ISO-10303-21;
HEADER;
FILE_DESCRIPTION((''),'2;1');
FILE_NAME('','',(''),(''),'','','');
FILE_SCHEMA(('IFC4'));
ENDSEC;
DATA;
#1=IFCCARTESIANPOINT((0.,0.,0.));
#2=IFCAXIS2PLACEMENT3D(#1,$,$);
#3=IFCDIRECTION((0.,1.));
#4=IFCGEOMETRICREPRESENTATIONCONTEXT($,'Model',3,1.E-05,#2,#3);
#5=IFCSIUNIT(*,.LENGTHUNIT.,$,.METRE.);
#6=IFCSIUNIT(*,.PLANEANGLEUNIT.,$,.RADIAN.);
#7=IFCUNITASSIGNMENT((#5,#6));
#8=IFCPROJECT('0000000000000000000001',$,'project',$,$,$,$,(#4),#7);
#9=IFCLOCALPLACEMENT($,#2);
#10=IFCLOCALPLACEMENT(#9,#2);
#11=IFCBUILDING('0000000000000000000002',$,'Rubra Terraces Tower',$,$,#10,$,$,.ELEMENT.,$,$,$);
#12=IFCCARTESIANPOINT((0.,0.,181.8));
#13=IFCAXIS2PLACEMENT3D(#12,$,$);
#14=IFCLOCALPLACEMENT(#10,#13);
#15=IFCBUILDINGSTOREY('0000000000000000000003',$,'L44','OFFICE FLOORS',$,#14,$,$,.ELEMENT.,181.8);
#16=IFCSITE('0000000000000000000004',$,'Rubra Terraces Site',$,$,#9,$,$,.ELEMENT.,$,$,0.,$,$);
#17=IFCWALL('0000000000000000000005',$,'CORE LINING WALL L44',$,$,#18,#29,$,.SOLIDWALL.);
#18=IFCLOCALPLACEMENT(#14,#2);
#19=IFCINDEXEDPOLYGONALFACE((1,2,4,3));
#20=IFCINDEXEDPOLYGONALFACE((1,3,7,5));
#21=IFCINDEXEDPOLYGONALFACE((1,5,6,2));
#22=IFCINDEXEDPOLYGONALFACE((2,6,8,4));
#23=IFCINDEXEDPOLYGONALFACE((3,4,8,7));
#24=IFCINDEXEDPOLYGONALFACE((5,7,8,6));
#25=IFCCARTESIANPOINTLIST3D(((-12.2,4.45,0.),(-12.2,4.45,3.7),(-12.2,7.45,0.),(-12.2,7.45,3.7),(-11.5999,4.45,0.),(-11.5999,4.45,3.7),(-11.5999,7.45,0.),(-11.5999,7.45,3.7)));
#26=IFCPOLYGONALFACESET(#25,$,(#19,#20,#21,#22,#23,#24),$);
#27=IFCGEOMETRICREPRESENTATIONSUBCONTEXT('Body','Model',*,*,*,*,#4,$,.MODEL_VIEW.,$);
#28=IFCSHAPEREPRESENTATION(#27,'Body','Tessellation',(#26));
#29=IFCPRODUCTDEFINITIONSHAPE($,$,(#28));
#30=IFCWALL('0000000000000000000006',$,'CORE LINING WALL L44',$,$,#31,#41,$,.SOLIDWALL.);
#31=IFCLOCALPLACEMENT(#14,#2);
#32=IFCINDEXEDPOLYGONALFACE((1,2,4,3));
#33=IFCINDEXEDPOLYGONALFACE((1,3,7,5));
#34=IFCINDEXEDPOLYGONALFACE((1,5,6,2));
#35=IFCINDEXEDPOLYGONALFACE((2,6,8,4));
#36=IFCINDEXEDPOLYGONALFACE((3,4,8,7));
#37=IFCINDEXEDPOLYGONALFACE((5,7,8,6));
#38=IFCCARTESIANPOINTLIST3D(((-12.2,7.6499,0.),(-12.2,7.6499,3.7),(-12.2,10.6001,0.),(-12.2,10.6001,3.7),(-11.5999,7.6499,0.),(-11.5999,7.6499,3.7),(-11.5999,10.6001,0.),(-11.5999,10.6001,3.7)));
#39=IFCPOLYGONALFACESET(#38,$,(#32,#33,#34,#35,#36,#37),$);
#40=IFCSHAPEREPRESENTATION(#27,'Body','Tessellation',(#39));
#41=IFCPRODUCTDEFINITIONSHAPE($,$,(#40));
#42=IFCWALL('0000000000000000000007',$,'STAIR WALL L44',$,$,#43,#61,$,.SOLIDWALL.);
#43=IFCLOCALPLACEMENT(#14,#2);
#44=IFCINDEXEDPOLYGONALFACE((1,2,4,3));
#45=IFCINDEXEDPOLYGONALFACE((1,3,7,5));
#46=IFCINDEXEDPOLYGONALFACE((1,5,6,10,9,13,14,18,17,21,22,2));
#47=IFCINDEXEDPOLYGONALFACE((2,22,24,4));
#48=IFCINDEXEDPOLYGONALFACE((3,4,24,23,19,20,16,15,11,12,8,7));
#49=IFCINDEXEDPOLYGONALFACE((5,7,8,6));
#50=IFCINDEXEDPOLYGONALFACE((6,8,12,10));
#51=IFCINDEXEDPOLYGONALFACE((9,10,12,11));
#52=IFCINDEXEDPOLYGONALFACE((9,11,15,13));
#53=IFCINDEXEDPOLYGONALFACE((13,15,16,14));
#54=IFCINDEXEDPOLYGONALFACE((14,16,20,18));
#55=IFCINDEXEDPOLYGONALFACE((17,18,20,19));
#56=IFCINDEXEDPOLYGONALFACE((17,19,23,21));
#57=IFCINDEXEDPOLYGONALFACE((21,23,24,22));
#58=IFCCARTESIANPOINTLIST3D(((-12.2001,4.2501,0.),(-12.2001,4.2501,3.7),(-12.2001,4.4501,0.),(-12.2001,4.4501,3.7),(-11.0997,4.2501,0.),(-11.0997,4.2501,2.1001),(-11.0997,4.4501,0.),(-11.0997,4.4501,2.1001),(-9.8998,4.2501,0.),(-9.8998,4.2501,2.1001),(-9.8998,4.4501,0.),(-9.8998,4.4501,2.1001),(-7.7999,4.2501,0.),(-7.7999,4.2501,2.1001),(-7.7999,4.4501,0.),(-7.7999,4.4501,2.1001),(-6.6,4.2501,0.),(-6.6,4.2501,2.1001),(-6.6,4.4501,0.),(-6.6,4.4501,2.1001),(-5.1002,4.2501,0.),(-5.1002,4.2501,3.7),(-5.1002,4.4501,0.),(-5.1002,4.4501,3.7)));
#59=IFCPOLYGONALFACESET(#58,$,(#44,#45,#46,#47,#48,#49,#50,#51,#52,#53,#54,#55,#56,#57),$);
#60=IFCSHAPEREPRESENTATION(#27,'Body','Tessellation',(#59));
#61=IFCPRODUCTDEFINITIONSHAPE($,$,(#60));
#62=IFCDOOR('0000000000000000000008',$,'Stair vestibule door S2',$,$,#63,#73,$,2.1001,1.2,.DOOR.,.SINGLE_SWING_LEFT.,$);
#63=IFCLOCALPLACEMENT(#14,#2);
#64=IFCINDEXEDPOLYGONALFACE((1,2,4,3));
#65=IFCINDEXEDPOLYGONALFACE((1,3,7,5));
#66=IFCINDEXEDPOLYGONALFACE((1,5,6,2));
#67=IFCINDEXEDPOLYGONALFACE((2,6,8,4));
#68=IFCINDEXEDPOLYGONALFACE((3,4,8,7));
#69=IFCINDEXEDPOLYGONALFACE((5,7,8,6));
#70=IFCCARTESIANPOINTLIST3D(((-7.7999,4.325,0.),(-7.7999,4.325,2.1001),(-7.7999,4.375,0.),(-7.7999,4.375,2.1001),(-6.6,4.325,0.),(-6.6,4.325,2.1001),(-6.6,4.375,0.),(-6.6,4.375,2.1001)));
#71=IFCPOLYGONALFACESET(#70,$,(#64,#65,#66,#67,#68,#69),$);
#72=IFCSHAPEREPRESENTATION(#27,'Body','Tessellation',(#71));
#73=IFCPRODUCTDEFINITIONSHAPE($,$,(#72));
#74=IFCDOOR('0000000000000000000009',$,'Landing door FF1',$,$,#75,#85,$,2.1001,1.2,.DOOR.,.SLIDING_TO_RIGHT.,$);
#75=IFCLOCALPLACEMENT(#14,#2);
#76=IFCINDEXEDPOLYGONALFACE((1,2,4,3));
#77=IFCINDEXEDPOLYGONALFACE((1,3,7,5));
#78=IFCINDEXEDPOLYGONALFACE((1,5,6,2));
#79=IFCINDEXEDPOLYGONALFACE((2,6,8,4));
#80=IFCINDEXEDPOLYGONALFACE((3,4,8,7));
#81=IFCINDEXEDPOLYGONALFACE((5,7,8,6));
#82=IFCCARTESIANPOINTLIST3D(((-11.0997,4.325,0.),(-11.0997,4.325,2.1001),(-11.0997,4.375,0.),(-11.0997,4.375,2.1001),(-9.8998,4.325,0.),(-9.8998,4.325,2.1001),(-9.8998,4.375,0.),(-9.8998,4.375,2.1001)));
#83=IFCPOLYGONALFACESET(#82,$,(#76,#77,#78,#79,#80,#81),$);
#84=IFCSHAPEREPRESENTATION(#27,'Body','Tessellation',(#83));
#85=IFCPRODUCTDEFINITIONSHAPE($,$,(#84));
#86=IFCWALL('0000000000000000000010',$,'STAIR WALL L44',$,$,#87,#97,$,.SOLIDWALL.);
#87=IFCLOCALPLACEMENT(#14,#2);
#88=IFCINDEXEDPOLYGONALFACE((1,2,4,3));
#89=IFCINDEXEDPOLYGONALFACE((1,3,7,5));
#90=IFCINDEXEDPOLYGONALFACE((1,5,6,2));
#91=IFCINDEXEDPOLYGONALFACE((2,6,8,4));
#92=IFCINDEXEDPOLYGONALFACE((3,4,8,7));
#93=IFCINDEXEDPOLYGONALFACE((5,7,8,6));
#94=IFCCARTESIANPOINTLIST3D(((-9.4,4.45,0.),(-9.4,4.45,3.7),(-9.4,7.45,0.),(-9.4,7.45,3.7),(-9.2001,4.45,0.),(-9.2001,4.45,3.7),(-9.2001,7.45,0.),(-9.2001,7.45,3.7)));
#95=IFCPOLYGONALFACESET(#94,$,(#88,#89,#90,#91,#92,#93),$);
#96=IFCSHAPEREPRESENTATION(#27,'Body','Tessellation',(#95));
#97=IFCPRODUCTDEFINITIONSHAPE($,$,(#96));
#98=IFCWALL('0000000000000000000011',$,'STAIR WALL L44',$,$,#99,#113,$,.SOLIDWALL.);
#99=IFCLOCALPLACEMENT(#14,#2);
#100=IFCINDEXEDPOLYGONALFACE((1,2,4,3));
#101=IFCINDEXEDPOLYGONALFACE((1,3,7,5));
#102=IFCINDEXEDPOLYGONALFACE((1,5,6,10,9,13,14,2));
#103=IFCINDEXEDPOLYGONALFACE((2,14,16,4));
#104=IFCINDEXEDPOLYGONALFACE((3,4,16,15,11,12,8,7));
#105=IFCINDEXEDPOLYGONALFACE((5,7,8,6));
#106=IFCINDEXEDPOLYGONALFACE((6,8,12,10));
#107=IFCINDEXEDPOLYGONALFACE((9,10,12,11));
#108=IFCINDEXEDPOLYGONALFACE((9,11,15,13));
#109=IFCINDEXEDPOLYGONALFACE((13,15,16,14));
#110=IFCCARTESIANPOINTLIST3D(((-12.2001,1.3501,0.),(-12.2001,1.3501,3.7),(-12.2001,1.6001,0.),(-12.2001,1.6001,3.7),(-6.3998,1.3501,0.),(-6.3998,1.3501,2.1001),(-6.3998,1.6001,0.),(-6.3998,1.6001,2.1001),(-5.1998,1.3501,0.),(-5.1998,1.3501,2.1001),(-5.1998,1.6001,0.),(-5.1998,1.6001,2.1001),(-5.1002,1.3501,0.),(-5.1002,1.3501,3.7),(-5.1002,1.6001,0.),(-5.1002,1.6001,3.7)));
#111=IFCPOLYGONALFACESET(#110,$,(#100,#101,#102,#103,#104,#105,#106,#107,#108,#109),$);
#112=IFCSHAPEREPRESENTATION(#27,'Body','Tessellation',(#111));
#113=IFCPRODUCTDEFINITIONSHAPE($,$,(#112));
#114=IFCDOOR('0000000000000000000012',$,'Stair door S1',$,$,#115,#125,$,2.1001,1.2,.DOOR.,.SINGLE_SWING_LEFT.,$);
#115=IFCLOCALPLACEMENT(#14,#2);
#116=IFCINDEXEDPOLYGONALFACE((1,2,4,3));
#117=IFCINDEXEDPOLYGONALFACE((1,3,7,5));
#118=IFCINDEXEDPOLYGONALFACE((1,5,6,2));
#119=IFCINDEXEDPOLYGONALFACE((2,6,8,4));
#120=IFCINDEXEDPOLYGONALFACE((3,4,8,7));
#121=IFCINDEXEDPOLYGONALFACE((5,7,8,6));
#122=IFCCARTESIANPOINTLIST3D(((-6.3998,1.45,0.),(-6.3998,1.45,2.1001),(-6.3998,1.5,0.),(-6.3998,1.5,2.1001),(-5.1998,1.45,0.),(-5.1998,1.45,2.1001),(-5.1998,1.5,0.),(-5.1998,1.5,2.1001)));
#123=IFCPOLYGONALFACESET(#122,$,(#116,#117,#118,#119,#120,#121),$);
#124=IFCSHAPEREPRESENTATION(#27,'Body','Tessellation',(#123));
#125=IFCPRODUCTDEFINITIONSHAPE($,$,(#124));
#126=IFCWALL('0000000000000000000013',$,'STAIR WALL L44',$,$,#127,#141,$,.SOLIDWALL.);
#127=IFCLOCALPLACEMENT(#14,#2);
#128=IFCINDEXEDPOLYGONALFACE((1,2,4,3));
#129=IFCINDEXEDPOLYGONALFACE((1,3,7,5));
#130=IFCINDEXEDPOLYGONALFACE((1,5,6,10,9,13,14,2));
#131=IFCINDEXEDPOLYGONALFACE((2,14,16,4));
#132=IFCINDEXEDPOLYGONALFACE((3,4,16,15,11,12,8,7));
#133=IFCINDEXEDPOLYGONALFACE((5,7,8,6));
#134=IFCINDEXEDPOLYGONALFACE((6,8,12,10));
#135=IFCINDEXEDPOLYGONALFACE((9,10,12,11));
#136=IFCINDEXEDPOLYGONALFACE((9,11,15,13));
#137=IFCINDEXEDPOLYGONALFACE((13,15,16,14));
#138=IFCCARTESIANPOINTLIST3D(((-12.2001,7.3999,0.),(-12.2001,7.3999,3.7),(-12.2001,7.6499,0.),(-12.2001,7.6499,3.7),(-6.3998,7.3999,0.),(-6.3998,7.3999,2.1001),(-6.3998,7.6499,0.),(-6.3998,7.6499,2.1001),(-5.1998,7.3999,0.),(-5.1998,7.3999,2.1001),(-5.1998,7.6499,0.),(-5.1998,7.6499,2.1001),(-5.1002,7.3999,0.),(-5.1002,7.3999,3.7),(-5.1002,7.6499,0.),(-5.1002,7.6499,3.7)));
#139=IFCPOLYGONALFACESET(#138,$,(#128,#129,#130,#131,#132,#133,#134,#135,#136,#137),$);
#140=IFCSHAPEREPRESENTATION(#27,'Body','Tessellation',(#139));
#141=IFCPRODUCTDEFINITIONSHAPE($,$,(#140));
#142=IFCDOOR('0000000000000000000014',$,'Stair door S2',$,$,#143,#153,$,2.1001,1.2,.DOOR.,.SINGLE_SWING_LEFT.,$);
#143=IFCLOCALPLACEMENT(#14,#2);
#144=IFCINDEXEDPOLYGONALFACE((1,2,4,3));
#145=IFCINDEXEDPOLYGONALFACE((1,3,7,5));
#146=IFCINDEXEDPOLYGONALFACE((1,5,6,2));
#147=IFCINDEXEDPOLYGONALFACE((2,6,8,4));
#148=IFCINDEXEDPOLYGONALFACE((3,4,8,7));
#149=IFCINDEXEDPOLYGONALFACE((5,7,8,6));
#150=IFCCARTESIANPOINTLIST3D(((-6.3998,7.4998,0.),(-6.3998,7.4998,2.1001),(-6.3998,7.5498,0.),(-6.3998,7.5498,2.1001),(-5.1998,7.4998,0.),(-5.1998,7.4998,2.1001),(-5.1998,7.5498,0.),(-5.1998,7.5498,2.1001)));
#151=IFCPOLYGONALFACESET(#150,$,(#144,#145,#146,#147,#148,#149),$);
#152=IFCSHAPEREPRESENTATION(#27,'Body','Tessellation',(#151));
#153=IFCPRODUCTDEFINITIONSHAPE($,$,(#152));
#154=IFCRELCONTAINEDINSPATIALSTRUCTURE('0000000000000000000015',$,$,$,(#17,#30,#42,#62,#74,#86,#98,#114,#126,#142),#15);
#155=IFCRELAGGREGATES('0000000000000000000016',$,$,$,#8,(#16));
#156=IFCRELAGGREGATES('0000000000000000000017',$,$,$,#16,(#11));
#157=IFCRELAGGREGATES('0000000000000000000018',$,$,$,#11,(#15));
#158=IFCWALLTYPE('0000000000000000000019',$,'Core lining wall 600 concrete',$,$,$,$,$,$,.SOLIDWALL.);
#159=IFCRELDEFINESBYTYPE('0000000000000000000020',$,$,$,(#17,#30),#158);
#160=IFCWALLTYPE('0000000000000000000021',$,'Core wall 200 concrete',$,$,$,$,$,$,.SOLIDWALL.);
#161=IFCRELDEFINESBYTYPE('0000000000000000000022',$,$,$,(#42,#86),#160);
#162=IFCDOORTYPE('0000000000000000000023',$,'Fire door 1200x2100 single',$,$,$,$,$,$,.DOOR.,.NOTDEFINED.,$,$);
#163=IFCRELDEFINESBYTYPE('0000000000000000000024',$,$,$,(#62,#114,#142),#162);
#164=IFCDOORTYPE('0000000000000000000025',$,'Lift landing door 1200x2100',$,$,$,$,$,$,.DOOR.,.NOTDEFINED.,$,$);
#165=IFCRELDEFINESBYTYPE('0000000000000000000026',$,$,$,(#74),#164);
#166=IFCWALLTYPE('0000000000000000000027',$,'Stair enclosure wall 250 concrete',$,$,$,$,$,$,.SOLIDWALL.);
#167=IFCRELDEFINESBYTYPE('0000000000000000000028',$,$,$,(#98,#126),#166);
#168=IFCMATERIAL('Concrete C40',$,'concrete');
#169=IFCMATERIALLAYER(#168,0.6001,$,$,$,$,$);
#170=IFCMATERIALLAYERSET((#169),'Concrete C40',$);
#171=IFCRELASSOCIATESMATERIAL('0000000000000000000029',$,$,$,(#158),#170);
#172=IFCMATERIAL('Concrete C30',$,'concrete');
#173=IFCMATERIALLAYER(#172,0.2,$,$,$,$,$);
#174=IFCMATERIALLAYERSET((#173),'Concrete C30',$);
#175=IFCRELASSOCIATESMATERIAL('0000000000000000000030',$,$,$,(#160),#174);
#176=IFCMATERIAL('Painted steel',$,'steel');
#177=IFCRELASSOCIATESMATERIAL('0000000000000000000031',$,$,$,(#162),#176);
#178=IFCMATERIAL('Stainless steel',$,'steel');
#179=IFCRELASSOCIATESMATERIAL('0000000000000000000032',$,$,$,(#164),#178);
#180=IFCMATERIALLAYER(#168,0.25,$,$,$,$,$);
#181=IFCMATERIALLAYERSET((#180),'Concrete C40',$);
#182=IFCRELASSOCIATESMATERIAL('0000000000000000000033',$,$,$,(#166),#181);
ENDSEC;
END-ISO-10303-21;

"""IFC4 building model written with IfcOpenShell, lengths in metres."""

from ifc_helpers import new_model, si_unit, direction, frame, frame_2d, origin, place, context, subcontext, project, spatial, rectangle, extrude, material, layer, layer_set, type_object, element, fill, save


model = new_model("IFC4")

# Units and contexts
model_context = context("Model", 3, precision=1e-05, world=origin(), true_north=direction((0.0, 1.0)))
body_context = subcontext(model_context, "Body", "Model", "MODEL_VIEW")
ifc_project = project(units=[si_unit("LENGTHUNIT", "METRE"), si_unit("PLANEANGLEUNIT", "RADIAN")], contexts=[model_context])

# Site, building, storey
site_placement = place(None, origin())
site = spatial("IfcSite", under=ifc_project, at=site_placement, Name="Rubra Terraces Site", CompositionType="ELEMENT", RefElevation=0.0)
building_placement = place(site_placement, origin())
building = spatial("IfcBuilding", under=site, at=building_placement, Name="Rubra Terraces Tower", CompositionType="ELEMENT")
storey_placement = place(building_placement, frame((0.0, 0.0, 181.8)))
storey = spatial("IfcBuildingStorey", under=building, at=storey_placement, Name="L44", Description="OFFICE FLOORS", CompositionType="ELEMENT", Elevation=181.8)

# Walls
ifc_material_1 = material(Name="Concrete C40", Category="concrete")
ifc_layer_1 = layer(ifc_material_1, 0.6001)
ifc_layer_set_1 = layer_set([ifc_layer_1], Name="Concrete C40")
wall_type_1 = type_object("IfcWallType", Name="Core lining wall 600 concrete", PredefinedType="SOLIDWALL", material=ifc_layer_set_1)
wall_1_placement = place(storey_placement, frame((-11.8999, 4.45, 0.0), z_axis=(0.0, 0.0, 1.0), x_axis=(0.0, 1.0, 0.0)))
element("IfcWall", 1, at=wall_1_placement, inside=storey, type_object=wall_type_1, Name="CORE LINING WALL L44", PredefinedType="SOLIDWALL", context=body_context, shape_type="SweptSolid", body=[
    extrude(rectangle(XDim=3.0, YDim=0.6001, at=frame_2d((1.5, 0.0))), origin(), (0.0, 0.0, 1.0), 3.7),
])
wall_2_placement = place(storey_placement, frame((-11.8999, 7.6499, 0.0), z_axis=(0.0, 0.0, 1.0), x_axis=(0.0, 1.0, 0.0)))
element("IfcWall", 2, at=wall_2_placement, inside=storey, type_object=wall_type_1, Name="CORE LINING WALL L44", PredefinedType="SOLIDWALL", context=body_context, shape_type="SweptSolid", body=[
    extrude(rectangle(XDim=2.9502, YDim=0.6001, at=frame_2d((1.4751, 0.0))), origin(), (0.0, 0.0, 1.0), 3.7),
])

# Wall, openings, doors
ifc_material_2 = material(Name="Concrete C30", Category="concrete")
ifc_layer_2 = layer(ifc_material_2, 0.2)
ifc_layer_set_2 = layer_set([ifc_layer_2], Name="Concrete C30")
wall_type_2 = type_object("IfcWallType", Name="Core wall 200 concrete", PredefinedType="SOLIDWALL", material=ifc_layer_set_2)
wall_3_placement = place(storey_placement, frame((-12.2, 4.3501, 0.0), z_axis=(0.0, 0.0, 1.0), x_axis=(1.0, 0.0, 0.0)))
wall_3 = element("IfcWall", 3, at=wall_3_placement, inside=storey, type_object=wall_type_2, Name="STAIR WALL L44", PredefinedType="SOLIDWALL", context=body_context, shape_type="SweptSolid", body=[
    extrude(rectangle(XDim=7.0999, YDim=0.2, at=frame_2d((3.5498, 0.0))), origin(), (0.0, 0.0, 1.0), 3.7),
])
opening_1_placement = place(wall_3_placement, frame((4.3999, 0.0, 0.0)))
opening_1 = element("IfcOpeningElement", 4, at=opening_1_placement, cuts=wall_3, PredefinedType="OPENING", context=body_context, shape_type="SweptSolid", body=[
    extrude(rectangle(XDim=1.2, YDim=2.1001, at=frame_2d((0.6001, 1.05))), frame((0.0, 0.1099, 0.0), z_axis=(0.0, -1.0, 0.0), x_axis=(1.0, 0.0, 0.0)), (0.0, 0.0, 1.0), 0.22),
])
opening_2_placement = place(wall_3_placement, frame((1.1001, 0.0, 0.0)))
opening_2 = element("IfcOpeningElement", 5, at=opening_2_placement, cuts=wall_3, PredefinedType="OPENING", context=body_context, shape_type="SweptSolid", body=[
    extrude(rectangle(XDim=1.2, YDim=2.1001, at=frame_2d((0.6001, 1.05))), frame((0.0, 0.1099, 0.0), z_axis=(0.0, -1.0, 0.0), x_axis=(1.0, 0.0, 0.0)), (0.0, 0.0, 1.0), 0.22),
])
ifc_material_3 = material(Name="Painted steel", Category="steel")
door_type_1 = type_object("IfcDoorType", Name="Fire door 1200x2100 single", OperationType="NOTDEFINED", PredefinedType="DOOR", material=ifc_material_3)
door_1_placement = place(opening_1_placement, origin())
door_1 = element("IfcDoor", 6, at=door_1_placement, inside=storey, type_object=door_type_1, Name="Stair vestibule door S2", OperationType="SINGLE_SWING_LEFT", OverallHeight=2.1001, OverallWidth=1.2, PredefinedType="DOOR", context=body_context, shape_type="SweptSolid", body=[
    extrude(rectangle(XDim=1.2, YDim=2.1001, at=frame_2d((0.6001, 1.05))), frame((0.0, 0.0249, 0.0), z_axis=(0.0, -1.0, 0.0), x_axis=(1.0, 0.0, 0.0)), (0.0, 0.0, 1.0), 0.05),
])
fill(opening_1, door_1)
ifc_material_4 = material(Name="Stainless steel", Category="steel")
door_type_2 = type_object("IfcDoorType", Name="Lift landing door 1200x2100", OperationType="NOTDEFINED", PredefinedType="DOOR", material=ifc_material_4)
door_2_placement = place(opening_2_placement, origin())
door_2 = element("IfcDoor", 7, at=door_2_placement, inside=storey, type_object=door_type_2, Name="Landing door FF1", OperationType="SLIDING_TO_RIGHT", OverallHeight=2.1001, OverallWidth=1.2, PredefinedType="DOOR", context=body_context, shape_type="SweptSolid", body=[
    extrude(rectangle(XDim=1.2, YDim=2.1001, at=frame_2d((0.6001, 1.05))), frame((0.0, 0.0249, 0.0), z_axis=(0.0, -1.0, 0.0), x_axis=(1.0, 0.0, 0.0)), (0.0, 0.0, 1.0), 0.05),
])
fill(opening_2, door_2)

# Wall
wall_4_placement = place(storey_placement, frame((-9.3, 4.45, 0.0), z_axis=(0.0, 0.0, 1.0), x_axis=(0.0, 1.0, 0.0)))
element("IfcWall", 8, at=wall_4_placement, inside=storey, type_object=wall_type_2, Name="STAIR WALL L44", PredefinedType="SOLIDWALL", context=body_context, shape_type="SweptSolid", body=[
    extrude(rectangle(XDim=3.0, YDim=0.2, at=frame_2d((1.5, 0.0))), origin(), (0.0, 0.0, 1.0), 3.7),
])

# Walls, openings, doors
ifc_layer_3 = layer(ifc_material_1, 0.25)
ifc_layer_set_3 = layer_set([ifc_layer_3], Name="Concrete C40")
wall_type_3 = type_object("IfcWallType", Name="Stair enclosure wall 250 concrete", PredefinedType="SOLIDWALL", material=ifc_layer_set_3)
wall_5_placement = place(storey_placement, frame((-12.2, 1.4751, 0.0), z_axis=(0.0, 0.0, 1.0), x_axis=(1.0, 0.0, 0.0)))
wall_5 = element("IfcWall", 9, at=wall_5_placement, inside=storey, type_object=wall_type_3, Name="STAIR WALL L44", PredefinedType="SOLIDWALL", context=body_context, shape_type="SweptSolid", body=[
    extrude(rectangle(XDim=7.0999, YDim=0.25, at=frame_2d((3.5498, 0.0))), origin(), (0.0, 0.0, 1.0), 3.7),
])
opening_3_placement = place(wall_5_placement, frame((5.8, 0.0, 0.0)))
opening_3 = element("IfcOpeningElement", 10, at=opening_3_placement, cuts=wall_5, PredefinedType="OPENING", context=body_context, shape_type="SweptSolid", body=[
    extrude(rectangle(XDim=1.2, YDim=2.1001, at=frame_2d((0.6001, 1.05))), frame((0.0, 0.135, 0.0), z_axis=(0.0, -1.0, 0.0), x_axis=(1.0, 0.0, 0.0)), (0.0, 0.0, 1.0), 0.27),
])
door_3_placement = place(opening_3_placement, origin())
door_3 = element("IfcDoor", 11, at=door_3_placement, inside=storey, type_object=door_type_1, Name="Stair door S1", OperationType="SINGLE_SWING_LEFT", OverallHeight=2.1001, OverallWidth=1.2, PredefinedType="DOOR", context=body_context, shape_type="SweptSolid", body=[
    extrude(rectangle(XDim=1.2, YDim=2.1001, at=frame_2d((0.6001, 1.05))), frame((0.0, 0.0249, 0.0), z_axis=(0.0, -1.0, 0.0), x_axis=(1.0, 0.0, 0.0)), (0.0, 0.0, 1.0), 0.05),
])
fill(opening_3, door_3)
wall_6_placement = place(storey_placement, frame((-12.2, 7.5249, 0.0), z_axis=(0.0, 0.0, 1.0), x_axis=(1.0, 0.0, 0.0)))
wall_6 = element("IfcWall", 12, at=wall_6_placement, inside=storey, type_object=wall_type_3, Name="STAIR WALL L44", PredefinedType="SOLIDWALL", context=body_context, shape_type="SweptSolid", body=[
    extrude(rectangle(XDim=7.0999, YDim=0.25, at=frame_2d((3.5498, 0.0))), origin(), (0.0, 0.0, 1.0), 3.7),
])
opening_4_placement = place(wall_6_placement, frame((5.8, 0.0, 0.0)))
opening_4 = element("IfcOpeningElement", 13, at=opening_4_placement, cuts=wall_6, PredefinedType="OPENING", context=body_context, shape_type="SweptSolid", body=[
    extrude(rectangle(XDim=1.2, YDim=2.1001, at=frame_2d((0.6001, 1.05))), frame((0.0, 0.135, 0.0), z_axis=(0.0, -1.0, 0.0), x_axis=(1.0, 0.0, 0.0)), (0.0, 0.0, 1.0), 0.27),
])
door_4_placement = place(opening_4_placement, origin())
door_4 = element("IfcDoor", 14, at=door_4_placement, inside=storey, type_object=door_type_1, Name="Stair door S2", OperationType="SINGLE_SWING_LEFT", OverallHeight=2.1001, OverallWidth=1.2, PredefinedType="DOOR", context=body_context, shape_type="SweptSolid", body=[
    extrude(rectangle(XDim=1.2, YDim=2.1001, at=frame_2d((0.6001, 1.05))), frame((0.0, 0.0249, 0.0), z_axis=(0.0, -1.0, 0.0), x_axis=(1.0, 0.0, 0.0)), (0.0, 0.0, 1.0), 0.05),
])
fill(opening_4, door_4)

save(model, "model.ifc")
